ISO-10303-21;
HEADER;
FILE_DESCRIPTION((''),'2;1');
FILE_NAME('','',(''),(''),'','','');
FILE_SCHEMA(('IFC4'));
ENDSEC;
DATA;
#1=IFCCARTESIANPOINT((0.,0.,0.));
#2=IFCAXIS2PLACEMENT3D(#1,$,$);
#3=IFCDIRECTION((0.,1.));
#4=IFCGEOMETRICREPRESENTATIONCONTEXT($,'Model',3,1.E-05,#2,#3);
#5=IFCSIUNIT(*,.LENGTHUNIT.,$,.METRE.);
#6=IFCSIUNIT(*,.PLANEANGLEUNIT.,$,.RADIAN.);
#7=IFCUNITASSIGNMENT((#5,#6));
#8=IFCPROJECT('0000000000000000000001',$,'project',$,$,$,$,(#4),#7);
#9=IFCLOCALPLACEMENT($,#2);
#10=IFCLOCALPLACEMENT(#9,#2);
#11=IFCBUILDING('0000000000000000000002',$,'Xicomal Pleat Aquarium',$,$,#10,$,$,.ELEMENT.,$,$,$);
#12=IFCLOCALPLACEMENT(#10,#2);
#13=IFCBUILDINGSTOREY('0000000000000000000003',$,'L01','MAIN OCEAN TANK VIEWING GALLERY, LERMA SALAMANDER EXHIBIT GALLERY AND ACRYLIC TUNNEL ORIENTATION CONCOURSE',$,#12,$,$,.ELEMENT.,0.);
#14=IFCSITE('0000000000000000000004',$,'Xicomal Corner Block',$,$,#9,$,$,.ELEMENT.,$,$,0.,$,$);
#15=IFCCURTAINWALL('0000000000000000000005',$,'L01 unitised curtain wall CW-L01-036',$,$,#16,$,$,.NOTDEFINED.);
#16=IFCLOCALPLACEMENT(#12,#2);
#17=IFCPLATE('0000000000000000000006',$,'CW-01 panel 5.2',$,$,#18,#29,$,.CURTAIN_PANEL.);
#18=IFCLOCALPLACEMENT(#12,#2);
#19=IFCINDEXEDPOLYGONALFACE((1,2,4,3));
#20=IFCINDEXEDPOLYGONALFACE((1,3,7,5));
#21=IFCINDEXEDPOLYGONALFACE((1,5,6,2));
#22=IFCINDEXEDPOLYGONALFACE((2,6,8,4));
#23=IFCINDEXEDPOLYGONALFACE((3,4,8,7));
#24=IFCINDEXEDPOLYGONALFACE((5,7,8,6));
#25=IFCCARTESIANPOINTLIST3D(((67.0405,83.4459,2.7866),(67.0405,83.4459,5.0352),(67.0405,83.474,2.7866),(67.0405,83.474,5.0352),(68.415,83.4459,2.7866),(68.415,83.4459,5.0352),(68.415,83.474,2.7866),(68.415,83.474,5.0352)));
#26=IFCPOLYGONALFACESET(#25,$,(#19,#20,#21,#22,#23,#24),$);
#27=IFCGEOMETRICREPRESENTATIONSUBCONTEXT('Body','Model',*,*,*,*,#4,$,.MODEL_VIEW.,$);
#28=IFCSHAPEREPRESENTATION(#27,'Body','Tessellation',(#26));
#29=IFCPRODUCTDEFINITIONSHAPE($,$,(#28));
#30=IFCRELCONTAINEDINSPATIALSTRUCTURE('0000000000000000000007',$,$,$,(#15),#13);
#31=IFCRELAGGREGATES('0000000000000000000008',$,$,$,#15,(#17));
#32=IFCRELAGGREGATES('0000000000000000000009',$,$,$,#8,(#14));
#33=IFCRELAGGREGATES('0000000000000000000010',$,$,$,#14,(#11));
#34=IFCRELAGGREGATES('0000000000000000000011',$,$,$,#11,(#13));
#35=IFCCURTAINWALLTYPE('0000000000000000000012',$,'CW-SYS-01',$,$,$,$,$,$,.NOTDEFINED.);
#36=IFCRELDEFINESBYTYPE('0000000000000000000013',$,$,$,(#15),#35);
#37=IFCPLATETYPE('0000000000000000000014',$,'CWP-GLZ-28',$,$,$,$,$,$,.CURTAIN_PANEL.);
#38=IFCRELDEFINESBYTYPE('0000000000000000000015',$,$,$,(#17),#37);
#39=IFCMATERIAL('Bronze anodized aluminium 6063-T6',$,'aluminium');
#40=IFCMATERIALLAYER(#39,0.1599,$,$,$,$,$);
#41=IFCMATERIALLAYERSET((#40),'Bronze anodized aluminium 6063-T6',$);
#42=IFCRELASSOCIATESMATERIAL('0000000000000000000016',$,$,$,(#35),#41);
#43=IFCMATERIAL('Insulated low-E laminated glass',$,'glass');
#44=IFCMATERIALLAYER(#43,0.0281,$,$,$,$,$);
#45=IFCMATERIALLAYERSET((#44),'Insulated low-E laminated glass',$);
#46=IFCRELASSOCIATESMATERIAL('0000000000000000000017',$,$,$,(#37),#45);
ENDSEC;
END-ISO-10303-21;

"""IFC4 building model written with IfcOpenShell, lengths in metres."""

from ifc_helpers import new_model, si_unit, direction, frame, origin, origin_2d, place, context, subcontext, project, spatial, rectangle, extrude, material, layer, layer_set, type_object, element, aggregate, save


model = new_model("IFC4")

# Units and contexts
model_context = context("Model", 3, precision=1e-05, world=origin(), true_north=direction((0.0, 1.0)))
body_context = subcontext(model_context, "Body", "Model", "MODEL_VIEW")
ifc_project = project(units=[si_unit("LENGTHUNIT", "METRE"), si_unit("PLANEANGLEUNIT", "RADIAN")], contexts=[model_context])

# Site, building, storey
site_placement = place(None, origin())
site = spatial("IfcSite", under=ifc_project, at=site_placement, Name="Xicomal Corner Block", CompositionType="ELEMENT", RefElevation=0.0)
building_placement = place(site_placement, origin())
building = spatial("IfcBuilding", under=site, at=building_placement, Name="Xicomal Pleat Aquarium", CompositionType="ELEMENT")
storey_placement = place(building_placement, origin())
storey = spatial("IfcBuildingStorey", under=building, at=storey_placement, Name="L01", Description="MAIN OCEAN TANK VIEWING GALLERY, LERMA SALAMANDER EXHIBIT GALLERY AND ACRYLIC TUNNEL ORIENTATION CONCOURSE", CompositionType="ELEMENT", Elevation=0.0)

# Curtain wall, plate
ifc_material_1 = material(Name="Bronze anodized aluminium 6063-T6", Category="aluminium")
ifc_layer_1 = layer(ifc_material_1, 0.1599)
ifc_layer_set_1 = layer_set([ifc_layer_1], Name="Bronze anodized aluminium 6063-T6")
curtain_wall_type = type_object("IfcCurtainWallType", Name="CW-SYS-01", PredefinedType="NOTDEFINED", material=ifc_layer_set_1)
curtain_wall_placement = place(storey_placement, origin())
curtain_wall = element("IfcCurtainWall", 1, at=curtain_wall_placement, inside=storey, type_object=curtain_wall_type, Name="L01 unitised curtain wall CW-L01-036", PredefinedType="NOTDEFINED")
ifc_material_2 = material(Name="Insulated low-E laminated glass", Category="glass")
ifc_layer_2 = layer(ifc_material_2, 0.0281)
ifc_layer_set_2 = layer_set([ifc_layer_2], Name="Insulated low-E laminated glass")
plate_type = type_object("IfcPlateType", Name="CWP-GLZ-28", PredefinedType="CURTAIN_PANEL", material=ifc_layer_set_2)
plate_1_placement = place(storey_placement, frame((67.7278, 83.46, 2.7866), z_axis=(0.0, 0.0, 1.0), x_axis=(1.0, 0.0, 0.0)))
plate_1 = element("IfcPlate", 2, at=plate_1_placement, type_object=plate_type, Name="CW-01 panel 5.2", PredefinedType="CURTAIN_PANEL", context=body_context, shape_type="SweptSolid", body=[
    extrude(rectangle(XDim=1.3745, YDim=0.0281, at=origin_2d()), origin(), (0.0, 0.0, 1.0), 2.2485),
])
aggregate(curtain_wall, [plate_1])

save(model, "model.ifc")
